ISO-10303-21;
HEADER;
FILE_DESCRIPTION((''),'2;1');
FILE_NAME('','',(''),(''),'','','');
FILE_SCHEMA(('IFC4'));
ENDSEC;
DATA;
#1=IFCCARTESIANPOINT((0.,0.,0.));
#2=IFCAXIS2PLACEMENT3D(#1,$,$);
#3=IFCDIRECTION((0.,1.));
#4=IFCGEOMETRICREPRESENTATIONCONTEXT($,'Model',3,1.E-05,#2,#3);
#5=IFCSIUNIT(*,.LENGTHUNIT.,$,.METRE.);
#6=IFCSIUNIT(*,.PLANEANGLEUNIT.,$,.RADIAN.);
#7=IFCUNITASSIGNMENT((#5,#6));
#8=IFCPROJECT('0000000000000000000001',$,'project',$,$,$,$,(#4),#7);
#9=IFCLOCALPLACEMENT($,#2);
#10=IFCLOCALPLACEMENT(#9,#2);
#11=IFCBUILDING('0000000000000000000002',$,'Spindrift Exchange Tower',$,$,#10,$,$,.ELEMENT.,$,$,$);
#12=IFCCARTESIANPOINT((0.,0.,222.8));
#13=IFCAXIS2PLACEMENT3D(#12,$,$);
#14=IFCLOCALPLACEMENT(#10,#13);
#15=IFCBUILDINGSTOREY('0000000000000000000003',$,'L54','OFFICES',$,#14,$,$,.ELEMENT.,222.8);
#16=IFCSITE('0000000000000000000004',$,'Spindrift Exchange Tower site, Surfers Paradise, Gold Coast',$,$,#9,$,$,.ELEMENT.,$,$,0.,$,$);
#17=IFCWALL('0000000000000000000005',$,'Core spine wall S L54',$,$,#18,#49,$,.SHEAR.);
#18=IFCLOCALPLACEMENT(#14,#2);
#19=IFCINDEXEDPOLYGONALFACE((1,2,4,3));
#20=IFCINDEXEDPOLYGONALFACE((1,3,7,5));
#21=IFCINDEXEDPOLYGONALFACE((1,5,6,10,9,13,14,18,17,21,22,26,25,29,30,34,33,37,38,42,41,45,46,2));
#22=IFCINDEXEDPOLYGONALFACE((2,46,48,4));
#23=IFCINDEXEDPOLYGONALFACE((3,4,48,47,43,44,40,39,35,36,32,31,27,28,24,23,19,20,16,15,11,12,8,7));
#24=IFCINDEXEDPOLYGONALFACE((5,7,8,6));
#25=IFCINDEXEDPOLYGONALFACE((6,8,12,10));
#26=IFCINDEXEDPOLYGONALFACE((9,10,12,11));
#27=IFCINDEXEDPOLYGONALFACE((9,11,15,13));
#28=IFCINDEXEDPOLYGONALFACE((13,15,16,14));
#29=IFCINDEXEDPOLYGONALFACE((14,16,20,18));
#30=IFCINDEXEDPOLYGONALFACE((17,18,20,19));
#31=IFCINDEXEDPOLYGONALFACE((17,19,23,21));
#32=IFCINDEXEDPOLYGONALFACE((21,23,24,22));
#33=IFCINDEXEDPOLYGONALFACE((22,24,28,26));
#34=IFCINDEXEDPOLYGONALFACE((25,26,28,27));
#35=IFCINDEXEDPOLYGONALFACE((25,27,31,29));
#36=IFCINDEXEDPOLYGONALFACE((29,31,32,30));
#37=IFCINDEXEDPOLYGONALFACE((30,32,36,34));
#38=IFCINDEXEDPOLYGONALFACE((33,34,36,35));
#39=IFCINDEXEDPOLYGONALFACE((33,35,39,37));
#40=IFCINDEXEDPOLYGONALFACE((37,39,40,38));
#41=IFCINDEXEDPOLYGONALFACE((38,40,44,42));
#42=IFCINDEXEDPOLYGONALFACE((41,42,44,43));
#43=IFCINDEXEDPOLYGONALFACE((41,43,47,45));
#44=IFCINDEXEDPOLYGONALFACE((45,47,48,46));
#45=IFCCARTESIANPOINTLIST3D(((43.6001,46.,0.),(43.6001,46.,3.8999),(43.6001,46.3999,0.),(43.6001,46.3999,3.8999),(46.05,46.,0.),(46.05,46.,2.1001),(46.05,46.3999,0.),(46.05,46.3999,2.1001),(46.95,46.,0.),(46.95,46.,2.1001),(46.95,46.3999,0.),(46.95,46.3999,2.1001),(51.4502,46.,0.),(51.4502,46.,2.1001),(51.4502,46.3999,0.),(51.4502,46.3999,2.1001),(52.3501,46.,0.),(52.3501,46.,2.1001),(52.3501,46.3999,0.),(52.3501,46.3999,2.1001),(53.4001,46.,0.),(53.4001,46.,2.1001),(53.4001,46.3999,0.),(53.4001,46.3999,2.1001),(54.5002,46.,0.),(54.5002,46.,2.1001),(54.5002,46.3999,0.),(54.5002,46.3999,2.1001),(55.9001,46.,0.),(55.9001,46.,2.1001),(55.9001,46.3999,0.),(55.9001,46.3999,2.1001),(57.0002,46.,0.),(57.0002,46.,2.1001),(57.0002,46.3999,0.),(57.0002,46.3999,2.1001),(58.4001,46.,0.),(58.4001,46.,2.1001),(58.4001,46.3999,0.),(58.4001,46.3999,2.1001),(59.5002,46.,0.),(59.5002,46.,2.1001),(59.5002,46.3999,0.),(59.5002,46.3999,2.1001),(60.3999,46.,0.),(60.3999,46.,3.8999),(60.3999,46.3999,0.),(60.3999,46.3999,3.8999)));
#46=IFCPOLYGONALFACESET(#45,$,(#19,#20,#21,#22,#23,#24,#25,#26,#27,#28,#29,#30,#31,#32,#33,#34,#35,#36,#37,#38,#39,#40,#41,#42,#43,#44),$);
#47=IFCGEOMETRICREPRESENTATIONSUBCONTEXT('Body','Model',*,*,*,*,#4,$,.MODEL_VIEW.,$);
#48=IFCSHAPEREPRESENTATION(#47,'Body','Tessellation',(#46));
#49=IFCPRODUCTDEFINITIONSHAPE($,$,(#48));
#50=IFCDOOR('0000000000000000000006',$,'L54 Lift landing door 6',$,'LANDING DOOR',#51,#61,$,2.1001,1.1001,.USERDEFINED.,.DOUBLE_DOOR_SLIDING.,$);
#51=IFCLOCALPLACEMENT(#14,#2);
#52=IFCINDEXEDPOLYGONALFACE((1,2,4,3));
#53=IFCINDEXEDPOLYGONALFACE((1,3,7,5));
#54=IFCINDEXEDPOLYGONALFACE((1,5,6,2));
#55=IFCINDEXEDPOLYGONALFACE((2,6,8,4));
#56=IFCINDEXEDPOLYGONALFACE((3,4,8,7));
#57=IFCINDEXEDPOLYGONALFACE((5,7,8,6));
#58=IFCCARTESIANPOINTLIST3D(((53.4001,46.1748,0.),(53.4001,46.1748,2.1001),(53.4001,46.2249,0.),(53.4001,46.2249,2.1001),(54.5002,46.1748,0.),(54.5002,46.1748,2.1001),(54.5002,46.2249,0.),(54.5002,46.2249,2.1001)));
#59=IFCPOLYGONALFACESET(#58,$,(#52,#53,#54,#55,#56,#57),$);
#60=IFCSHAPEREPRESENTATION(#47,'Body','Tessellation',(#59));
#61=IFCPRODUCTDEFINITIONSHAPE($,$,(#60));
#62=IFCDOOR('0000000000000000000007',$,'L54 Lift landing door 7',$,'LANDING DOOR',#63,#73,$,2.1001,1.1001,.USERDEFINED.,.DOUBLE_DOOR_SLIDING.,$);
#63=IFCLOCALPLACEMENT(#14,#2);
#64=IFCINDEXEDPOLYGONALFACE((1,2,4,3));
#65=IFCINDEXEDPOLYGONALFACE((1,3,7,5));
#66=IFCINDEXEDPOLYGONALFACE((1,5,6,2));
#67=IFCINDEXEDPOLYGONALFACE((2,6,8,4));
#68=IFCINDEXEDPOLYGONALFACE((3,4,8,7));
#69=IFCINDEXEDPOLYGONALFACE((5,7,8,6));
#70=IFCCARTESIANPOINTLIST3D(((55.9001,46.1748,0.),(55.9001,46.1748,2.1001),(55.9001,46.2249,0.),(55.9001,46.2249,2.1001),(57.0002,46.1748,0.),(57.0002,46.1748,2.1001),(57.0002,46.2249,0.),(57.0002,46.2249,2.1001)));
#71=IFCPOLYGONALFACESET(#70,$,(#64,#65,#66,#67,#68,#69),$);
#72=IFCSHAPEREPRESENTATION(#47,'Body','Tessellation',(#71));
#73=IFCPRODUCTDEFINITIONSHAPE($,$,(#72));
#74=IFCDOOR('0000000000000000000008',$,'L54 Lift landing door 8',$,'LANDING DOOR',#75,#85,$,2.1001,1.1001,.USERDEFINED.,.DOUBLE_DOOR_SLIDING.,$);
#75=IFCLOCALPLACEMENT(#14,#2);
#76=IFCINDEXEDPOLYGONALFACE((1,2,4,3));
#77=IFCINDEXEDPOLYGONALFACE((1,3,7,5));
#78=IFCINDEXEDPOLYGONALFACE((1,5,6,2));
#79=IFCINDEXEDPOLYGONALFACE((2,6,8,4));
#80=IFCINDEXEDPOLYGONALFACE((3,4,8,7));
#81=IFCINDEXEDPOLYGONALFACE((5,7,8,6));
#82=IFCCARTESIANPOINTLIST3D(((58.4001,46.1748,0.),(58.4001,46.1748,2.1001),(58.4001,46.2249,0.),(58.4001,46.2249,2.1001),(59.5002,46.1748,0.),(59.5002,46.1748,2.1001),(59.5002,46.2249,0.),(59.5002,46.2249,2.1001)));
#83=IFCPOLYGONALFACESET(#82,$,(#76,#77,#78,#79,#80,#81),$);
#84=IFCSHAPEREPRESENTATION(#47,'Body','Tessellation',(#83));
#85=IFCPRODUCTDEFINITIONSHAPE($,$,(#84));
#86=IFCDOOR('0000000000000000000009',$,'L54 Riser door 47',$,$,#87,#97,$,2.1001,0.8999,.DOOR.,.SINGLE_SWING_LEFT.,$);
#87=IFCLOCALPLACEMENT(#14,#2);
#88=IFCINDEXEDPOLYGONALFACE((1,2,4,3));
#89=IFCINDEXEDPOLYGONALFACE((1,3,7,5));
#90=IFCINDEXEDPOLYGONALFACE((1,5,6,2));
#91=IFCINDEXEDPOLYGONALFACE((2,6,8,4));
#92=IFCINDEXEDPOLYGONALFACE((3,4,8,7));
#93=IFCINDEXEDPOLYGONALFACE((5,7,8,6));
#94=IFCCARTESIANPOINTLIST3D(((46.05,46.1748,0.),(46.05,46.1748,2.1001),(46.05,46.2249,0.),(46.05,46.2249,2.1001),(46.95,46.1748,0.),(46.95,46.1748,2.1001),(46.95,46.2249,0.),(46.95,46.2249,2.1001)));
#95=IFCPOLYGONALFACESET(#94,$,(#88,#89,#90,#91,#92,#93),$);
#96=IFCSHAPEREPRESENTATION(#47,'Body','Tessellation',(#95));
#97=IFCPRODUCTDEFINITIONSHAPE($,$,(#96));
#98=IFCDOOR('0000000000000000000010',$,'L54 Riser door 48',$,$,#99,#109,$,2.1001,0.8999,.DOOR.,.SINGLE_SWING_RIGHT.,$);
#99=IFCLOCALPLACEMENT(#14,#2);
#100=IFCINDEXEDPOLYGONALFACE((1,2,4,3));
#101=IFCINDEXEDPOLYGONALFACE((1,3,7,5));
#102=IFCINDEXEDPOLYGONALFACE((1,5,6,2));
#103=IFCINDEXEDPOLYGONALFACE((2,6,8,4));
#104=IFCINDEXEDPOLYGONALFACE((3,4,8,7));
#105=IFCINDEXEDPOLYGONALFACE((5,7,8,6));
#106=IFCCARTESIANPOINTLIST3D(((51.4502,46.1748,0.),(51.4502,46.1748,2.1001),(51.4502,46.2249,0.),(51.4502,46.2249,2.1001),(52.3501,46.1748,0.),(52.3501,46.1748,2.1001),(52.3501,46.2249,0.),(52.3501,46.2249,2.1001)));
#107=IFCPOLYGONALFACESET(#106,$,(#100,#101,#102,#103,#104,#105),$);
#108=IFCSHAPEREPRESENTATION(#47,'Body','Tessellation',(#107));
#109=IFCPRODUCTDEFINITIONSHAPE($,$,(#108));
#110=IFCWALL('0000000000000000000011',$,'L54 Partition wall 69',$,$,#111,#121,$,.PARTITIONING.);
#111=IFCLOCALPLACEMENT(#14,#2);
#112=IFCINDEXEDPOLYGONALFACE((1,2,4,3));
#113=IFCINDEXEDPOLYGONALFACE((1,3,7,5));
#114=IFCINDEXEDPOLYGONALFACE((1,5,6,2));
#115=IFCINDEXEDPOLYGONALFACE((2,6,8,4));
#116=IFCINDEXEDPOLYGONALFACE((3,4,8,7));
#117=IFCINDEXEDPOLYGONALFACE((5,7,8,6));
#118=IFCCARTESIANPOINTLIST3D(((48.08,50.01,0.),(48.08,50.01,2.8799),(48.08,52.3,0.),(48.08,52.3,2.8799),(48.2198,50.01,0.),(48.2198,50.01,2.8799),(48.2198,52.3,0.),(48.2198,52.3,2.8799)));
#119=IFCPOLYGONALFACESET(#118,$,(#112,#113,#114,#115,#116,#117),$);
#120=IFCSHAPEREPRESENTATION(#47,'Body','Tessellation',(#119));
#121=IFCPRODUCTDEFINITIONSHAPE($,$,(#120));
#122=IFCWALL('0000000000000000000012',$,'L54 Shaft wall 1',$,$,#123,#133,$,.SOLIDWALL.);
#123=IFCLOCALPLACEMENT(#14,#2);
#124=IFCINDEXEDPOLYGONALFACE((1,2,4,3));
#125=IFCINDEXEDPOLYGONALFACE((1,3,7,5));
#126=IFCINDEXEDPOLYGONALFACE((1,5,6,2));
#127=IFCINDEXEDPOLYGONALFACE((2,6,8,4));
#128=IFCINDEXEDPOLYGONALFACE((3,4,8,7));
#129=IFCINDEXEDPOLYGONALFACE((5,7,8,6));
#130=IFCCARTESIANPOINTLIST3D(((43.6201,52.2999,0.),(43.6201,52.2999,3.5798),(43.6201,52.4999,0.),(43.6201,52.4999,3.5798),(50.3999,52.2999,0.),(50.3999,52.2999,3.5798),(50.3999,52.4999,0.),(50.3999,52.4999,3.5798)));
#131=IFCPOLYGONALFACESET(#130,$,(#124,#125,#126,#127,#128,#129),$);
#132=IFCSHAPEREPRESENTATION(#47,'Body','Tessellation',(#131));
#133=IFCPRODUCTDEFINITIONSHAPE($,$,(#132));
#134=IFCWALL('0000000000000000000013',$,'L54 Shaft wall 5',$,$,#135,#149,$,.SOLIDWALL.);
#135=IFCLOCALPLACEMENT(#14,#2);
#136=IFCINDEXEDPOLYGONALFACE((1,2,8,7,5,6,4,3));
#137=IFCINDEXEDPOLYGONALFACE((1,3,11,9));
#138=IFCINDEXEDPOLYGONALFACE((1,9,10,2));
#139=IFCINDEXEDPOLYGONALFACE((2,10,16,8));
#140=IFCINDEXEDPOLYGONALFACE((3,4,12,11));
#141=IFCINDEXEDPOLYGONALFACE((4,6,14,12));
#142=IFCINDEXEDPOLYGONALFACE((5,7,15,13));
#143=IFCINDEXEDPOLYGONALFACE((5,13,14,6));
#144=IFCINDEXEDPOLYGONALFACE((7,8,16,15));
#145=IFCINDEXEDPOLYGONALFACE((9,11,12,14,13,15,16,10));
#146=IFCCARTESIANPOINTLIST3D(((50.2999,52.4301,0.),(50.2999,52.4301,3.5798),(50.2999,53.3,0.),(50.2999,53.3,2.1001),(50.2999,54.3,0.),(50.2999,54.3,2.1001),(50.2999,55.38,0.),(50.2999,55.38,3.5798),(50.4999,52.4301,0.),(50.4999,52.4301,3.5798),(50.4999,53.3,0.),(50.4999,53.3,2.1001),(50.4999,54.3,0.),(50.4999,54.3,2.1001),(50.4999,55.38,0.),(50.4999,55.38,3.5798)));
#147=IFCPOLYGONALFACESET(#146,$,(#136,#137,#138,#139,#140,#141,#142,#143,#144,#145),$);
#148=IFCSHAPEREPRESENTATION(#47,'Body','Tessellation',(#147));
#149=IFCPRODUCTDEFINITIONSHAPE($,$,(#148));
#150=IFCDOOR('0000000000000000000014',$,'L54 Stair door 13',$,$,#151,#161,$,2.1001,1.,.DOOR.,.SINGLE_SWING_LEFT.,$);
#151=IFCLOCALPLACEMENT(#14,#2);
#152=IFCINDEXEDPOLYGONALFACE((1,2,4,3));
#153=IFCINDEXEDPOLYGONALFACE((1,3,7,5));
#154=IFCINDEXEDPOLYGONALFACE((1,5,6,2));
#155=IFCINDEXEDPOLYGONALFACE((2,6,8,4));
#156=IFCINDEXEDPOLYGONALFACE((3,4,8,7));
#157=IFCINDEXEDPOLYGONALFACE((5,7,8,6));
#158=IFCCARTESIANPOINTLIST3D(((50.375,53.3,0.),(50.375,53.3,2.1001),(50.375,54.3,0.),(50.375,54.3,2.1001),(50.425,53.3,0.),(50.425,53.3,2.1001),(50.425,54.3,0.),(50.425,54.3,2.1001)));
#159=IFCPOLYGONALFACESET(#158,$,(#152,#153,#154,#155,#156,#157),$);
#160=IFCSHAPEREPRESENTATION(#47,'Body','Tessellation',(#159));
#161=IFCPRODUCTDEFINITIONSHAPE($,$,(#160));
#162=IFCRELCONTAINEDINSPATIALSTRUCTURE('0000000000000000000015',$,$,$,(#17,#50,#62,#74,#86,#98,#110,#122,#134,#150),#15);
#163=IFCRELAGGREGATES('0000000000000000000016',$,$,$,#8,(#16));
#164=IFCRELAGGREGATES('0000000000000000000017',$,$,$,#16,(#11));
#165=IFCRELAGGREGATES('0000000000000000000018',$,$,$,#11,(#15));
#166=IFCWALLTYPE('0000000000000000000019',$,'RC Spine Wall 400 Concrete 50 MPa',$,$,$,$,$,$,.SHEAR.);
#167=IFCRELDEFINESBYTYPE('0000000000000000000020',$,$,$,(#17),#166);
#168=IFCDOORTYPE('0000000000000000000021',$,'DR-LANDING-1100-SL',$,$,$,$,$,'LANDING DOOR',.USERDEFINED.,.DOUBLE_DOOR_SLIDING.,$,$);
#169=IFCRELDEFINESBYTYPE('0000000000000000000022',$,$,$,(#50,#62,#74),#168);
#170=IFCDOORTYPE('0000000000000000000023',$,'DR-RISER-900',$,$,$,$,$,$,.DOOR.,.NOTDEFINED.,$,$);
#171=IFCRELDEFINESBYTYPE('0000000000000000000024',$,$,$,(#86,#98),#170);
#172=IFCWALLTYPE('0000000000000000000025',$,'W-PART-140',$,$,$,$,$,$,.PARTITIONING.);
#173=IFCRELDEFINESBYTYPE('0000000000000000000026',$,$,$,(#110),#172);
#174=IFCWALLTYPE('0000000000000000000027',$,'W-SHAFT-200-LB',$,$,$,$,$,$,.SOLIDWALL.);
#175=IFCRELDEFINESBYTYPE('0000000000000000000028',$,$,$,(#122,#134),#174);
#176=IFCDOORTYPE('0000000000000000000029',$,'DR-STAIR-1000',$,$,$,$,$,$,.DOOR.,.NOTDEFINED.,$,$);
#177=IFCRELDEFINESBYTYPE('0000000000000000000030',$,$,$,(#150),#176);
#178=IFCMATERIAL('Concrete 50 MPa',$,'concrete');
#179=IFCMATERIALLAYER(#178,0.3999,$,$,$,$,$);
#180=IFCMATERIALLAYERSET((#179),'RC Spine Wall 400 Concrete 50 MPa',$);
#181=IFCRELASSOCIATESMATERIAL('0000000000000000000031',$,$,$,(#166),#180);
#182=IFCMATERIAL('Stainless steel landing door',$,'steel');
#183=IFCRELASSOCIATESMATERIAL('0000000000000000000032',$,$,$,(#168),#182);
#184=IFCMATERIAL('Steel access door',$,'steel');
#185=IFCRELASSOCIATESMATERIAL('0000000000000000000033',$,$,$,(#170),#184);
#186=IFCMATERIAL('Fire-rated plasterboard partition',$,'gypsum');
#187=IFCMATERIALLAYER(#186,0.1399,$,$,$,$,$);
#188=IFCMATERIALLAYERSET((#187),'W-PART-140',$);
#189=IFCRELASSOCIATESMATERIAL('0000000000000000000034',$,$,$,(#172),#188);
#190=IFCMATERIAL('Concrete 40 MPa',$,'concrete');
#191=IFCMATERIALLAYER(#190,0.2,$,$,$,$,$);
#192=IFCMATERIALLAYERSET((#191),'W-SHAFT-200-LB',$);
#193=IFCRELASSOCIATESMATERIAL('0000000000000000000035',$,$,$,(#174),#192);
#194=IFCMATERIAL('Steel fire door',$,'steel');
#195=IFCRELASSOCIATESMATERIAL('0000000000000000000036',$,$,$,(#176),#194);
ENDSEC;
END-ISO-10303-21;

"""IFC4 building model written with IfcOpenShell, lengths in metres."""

from ifc_helpers import new_model, si_unit, direction, frame, frame_2d, origin, place, context, subcontext, project, spatial, rectangle, extrude, source, transform, mapped, material, layer, layer_set, type_object, element, fill, save


model = new_model("IFC4")

# Units and contexts
model_context = context("Model", 3, precision=1e-05, world=origin(), true_north=direction((0.0, 1.0)))
body_context = subcontext(model_context, "Body", "Model", "MODEL_VIEW")
ifc_project = project(units=[si_unit("LENGTHUNIT", "METRE"), si_unit("PLANEANGLEUNIT", "RADIAN")], contexts=[model_context])

# Site, building, storey
site_placement = place(None, origin())
site = spatial("IfcSite", under=ifc_project, at=site_placement, Name="Spindrift Exchange Tower site, Surfers Paradise, Gold Coast", CompositionType="ELEMENT", RefElevation=0.0)
building_placement = place(site_placement, origin())
building = spatial("IfcBuilding", under=site, at=building_placement, Name="Spindrift Exchange Tower", CompositionType="ELEMENT")
storey_placement = place(building_placement, frame((0.0, 0.0, 222.8)))
storey = spatial("IfcBuildingStorey", under=building, at=storey_placement, Name="L54", Description="OFFICES", CompositionType="ELEMENT", Elevation=222.8)

# Wall, openings, doors
ifc_material_1 = material(Name="Concrete 50 MPa", Category="concrete")
ifc_layer_1 = layer(ifc_material_1, 0.3999)
ifc_layer_set_1 = layer_set([ifc_layer_1], Name="RC Spine Wall 400 Concrete 50 MPa")
wall_type_1 = type_object("IfcWallType", Name="RC Spine Wall 400 Concrete 50 MPa", PredefinedType="SHEAR", material=ifc_layer_set_1)
ifc_material_2 = material(Name="Stainless steel landing door", Category="steel")
door_type_1 = type_object("IfcDoorType", Name="DR-LANDING-1100-SL", ElementType="LANDING DOOR", OperationType="DOUBLE_DOOR_SLIDING", PredefinedType="USERDEFINED", material=ifc_material_2)
shared_shape_1 = source(origin(), body_context, "Body", "SweptSolid", [
    extrude(rectangle(XDim=1.1001, YDim=2.1001, at=frame_2d((0.55, 1.05))), frame((0.0, 0.0249, 0.0), z_axis=(0.0, -1.0, 0.0), x_axis=(1.0, 0.0, 0.0)), (0.0, 0.0, 1.0), 0.05),
])
ifc_material_3 = material(Name="Steel access door", Category="steel")
door_type_2 = type_object("IfcDoorType", Name="DR-RISER-900", OperationType="NOTDEFINED", PredefinedType="DOOR", material=ifc_material_3)
shared_shape_2 = source(origin(), body_context, "Body", "SweptSolid", [
    extrude(rectangle(XDim=0.8999, YDim=2.1001, at=frame_2d((0.45, 1.05))), frame((0.0, 0.0249, 0.0), z_axis=(0.0, -1.0, 0.0), x_axis=(1.0, 0.0, 0.0)), (0.0, 0.0, 1.0), 0.05),
])
wall_1_placement = place(storey_placement, frame((43.6001, 46.2, 0.0), z_axis=(0.0, 0.0, 1.0), x_axis=(1.0, 0.0, 0.0)))
wall_1 = element("IfcWall", 1, at=wall_1_placement, inside=storey, type_object=wall_type_1, Name="Core spine wall S L54", PredefinedType="SHEAR", context=body_context, shape_type="SweptSolid", body=[
    extrude(rectangle(XDim=16.7998, YDim=0.3999, at=frame_2d((8.3999, 0.0))), origin(), (0.0, 0.0, 1.0), 3.8999),
])
opening_1_placement = place(wall_1_placement, frame((9.8, 0.0, 0.0)))
opening_1 = element("IfcOpeningElement", 2, at=opening_1_placement, cuts=wall_1, PredefinedType="OPENING", context=body_context, shape_type="SweptSolid", body=[
    extrude(rectangle(XDim=1.1001, YDim=2.1001, at=frame_2d((0.55, 1.05))), frame((0.0, 0.21, 0.0), z_axis=(0.0, -1.0, 0.0), x_axis=(1.0, 0.0, 0.0)), (0.0, 0.0, 1.0), 0.4199),
])
opening_2_placement = place(wall_1_placement, frame((12.3, 0.0, 0.0)))
opening_2 = element("IfcOpeningElement", 3, at=opening_2_placement, cuts=wall_1, PredefinedType="OPENING", context=body_context, shape_type="SweptSolid", body=[
    extrude(rectangle(XDim=1.1001, YDim=2.1001, at=frame_2d((0.55, 1.05))), frame((0.0, 0.21, 0.0), z_axis=(0.0, -1.0, 0.0), x_axis=(1.0, 0.0, 0.0)), (0.0, 0.0, 1.0), 0.4199),
])
opening_3_placement = place(wall_1_placement, frame((14.8, 0.0, 0.0)))
opening_3 = element("IfcOpeningElement", 4, at=opening_3_placement, cuts=wall_1, PredefinedType="OPENING", context=body_context, shape_type="SweptSolid", body=[
    extrude(rectangle(XDim=1.1001, YDim=2.1001, at=frame_2d((0.55, 1.05))), frame((0.0, 0.21, 0.0), z_axis=(0.0, -1.0, 0.0), x_axis=(1.0, 0.0, 0.0)), (0.0, 0.0, 1.0), 0.4199),
])
opening_4_placement = place(wall_1_placement, frame((2.45, 0.0, 0.0)))
opening_4 = element("IfcOpeningElement", 5, at=opening_4_placement, cuts=wall_1, PredefinedType="OPENING", context=body_context, shape_type="SweptSolid", body=[
    extrude(rectangle(XDim=0.8999, YDim=2.1001, at=frame_2d((0.45, 1.05))), frame((0.0, 0.21, 0.0), z_axis=(0.0, -1.0, 0.0), x_axis=(1.0, 0.0, 0.0)), (0.0, 0.0, 1.0), 0.4199),
])
opening_5_placement = place(wall_1_placement, frame((7.8501, 0.0, 0.0)))
opening_5 = element("IfcOpeningElement", 6, at=opening_5_placement, cuts=wall_1, PredefinedType="OPENING", context=body_context, shape_type="SweptSolid", body=[
    extrude(rectangle(XDim=0.8999, YDim=2.1001, at=frame_2d((0.45, 1.05))), frame((0.0, 0.21, 0.0), z_axis=(0.0, -1.0, 0.0), x_axis=(1.0, 0.0, 0.0)), (0.0, 0.0, 1.0), 0.4199),
])
door_1_placement = place(opening_1_placement, origin())
door_1 = element("IfcDoor", 7, at=door_1_placement, inside=storey, type_object=door_type_1, Name="L54 Lift landing door 6", ObjectType="LANDING DOOR", OperationType="DOUBLE_DOOR_SLIDING", OverallHeight=2.1001, OverallWidth=1.1001, PredefinedType="USERDEFINED", context=body_context, shape_type="MappedRepresentation", body=[
    mapped(shared_shape_1, transform((0.0, 0.0, 0.0), scale=1.0)),
])
fill(opening_1, door_1)
door_2_placement = place(opening_2_placement, origin())
door_2 = element("IfcDoor", 8, at=door_2_placement, inside=storey, type_object=door_type_1, Name="L54 Lift landing door 7", ObjectType="LANDING DOOR", OperationType="DOUBLE_DOOR_SLIDING", OverallHeight=2.1001, OverallWidth=1.1001, PredefinedType="USERDEFINED", context=body_context, shape_type="MappedRepresentation", body=[
    mapped(shared_shape_1, transform((0.0, 0.0, 0.0), scale=1.0)),
])
fill(opening_2, door_2)
door_3_placement = place(opening_3_placement, origin())
door_3 = element("IfcDoor", 9, at=door_3_placement, inside=storey, type_object=door_type_1, Name="L54 Lift landing door 8", ObjectType="LANDING DOOR", OperationType="DOUBLE_DOOR_SLIDING", OverallHeight=2.1001, OverallWidth=1.1001, PredefinedType="USERDEFINED", context=body_context, shape_type="MappedRepresentation", body=[
    mapped(shared_shape_1, transform((0.0, 0.0, 0.0), scale=1.0)),
])
fill(opening_3, door_3)
door_4_placement = place(opening_4_placement, origin())
door_4 = element("IfcDoor", 10, at=door_4_placement, inside=storey, type_object=door_type_2, Name="L54 Riser door 47", OperationType="SINGLE_SWING_LEFT", OverallHeight=2.1001, OverallWidth=0.8999, PredefinedType="DOOR", context=body_context, shape_type="MappedRepresentation", body=[
    mapped(shared_shape_2, transform((0.0, 0.0, 0.0), scale=1.0)),
])
fill(opening_4, door_4)
door_5_placement = place(opening_5_placement, origin())
door_5 = element("IfcDoor", 11, at=door_5_placement, inside=storey, type_object=door_type_2, Name="L54 Riser door 48", OperationType="SINGLE_SWING_RIGHT", OverallHeight=2.1001, OverallWidth=0.8999, PredefinedType="DOOR", context=body_context, shape_type="MappedRepresentation", body=[
    mapped(shared_shape_2, transform((0.0, 0.0, 0.0), scale=1.0)),
])
fill(opening_5, door_5)

# Walls
ifc_material_4 = material(Name="Fire-rated plasterboard partition", Category="gypsum")
ifc_layer_2 = layer(ifc_material_4, 0.1399)
ifc_layer_set_2 = layer_set([ifc_layer_2], Name="W-PART-140")
wall_type_2 = type_object("IfcWallType", Name="W-PART-140", PredefinedType="PARTITIONING", material=ifc_layer_set_2)
wall_2_placement = place(storey_placement, frame((48.1499, 50.01, 0.0), z_axis=(0.0, 0.0, 1.0), x_axis=(0.0, 1.0, 0.0)))
element("IfcWall", 12, at=wall_2_placement, inside=storey, type_object=wall_type_2, Name="L54 Partition wall 69", PredefinedType="PARTITIONING", context=body_context, shape_type="SweptSolid", body=[
    extrude(rectangle(XDim=2.29, YDim=0.1399, at=frame_2d((1.145, 0.0))), origin(), (0.0, 0.0, 1.0), 2.8799),
])
ifc_material_5 = material(Name="Concrete 40 MPa", Category="concrete")
ifc_layer_3 = layer(ifc_material_5, 0.2)
ifc_layer_set_3 = layer_set([ifc_layer_3], Name="W-SHAFT-200-LB")
wall_type_3 = type_object("IfcWallType", Name="W-SHAFT-200-LB", PredefinedType="SOLIDWALL", material=ifc_layer_set_3)
wall_3_placement = place(storey_placement, frame((43.6201, 52.3999, 0.0), z_axis=(0.0, 0.0, 1.0), x_axis=(1.0, 0.0, 0.0)))
element("IfcWall", 13, at=wall_3_placement, inside=storey, type_object=wall_type_3, Name="L54 Shaft wall 1", PredefinedType="SOLIDWALL", context=body_context, shape_type="SweptSolid", body=[
    extrude(rectangle(XDim=6.7798, YDim=0.2, at=frame_2d((3.3899, 0.0))), origin(), (0.0, 0.0, 1.0), 3.5798),
])

# Wall, opening, door
wall_4_placement = place(storey_placement, frame((50.3999, 52.4299, 0.0), z_axis=(0.0, 0.0, 1.0), x_axis=(0.0, 1.0, 0.0)))
wall_4 = element("IfcWall", 14, at=wall_4_placement, inside=storey, type_object=wall_type_3, Name="L54 Shaft wall 5", PredefinedType="SOLIDWALL", context=body_context, shape_type="SweptSolid", body=[
    extrude(rectangle(XDim=2.95, YDim=0.2, at=frame_2d((1.4751, 0.0))), origin(), (0.0, 0.0, 1.0), 3.5798),
])
opening_6_placement = place(wall_4_placement, frame((0.8701, 0.0, 0.0)))
opening_6 = element("IfcOpeningElement", 15, at=opening_6_placement, cuts=wall_4, PredefinedType="OPENING", context=body_context, shape_type="SweptSolid", body=[
    extrude(rectangle(XDim=1.0, YDim=2.1001, at=frame_2d((0.5, 1.05))), frame((0.0, 0.1099, 0.0), z_axis=(0.0, -1.0, 0.0), x_axis=(1.0, 0.0, 0.0)), (0.0, 0.0, 1.0), 0.22),
])
ifc_material_6 = material(Name="Steel fire door", Category="steel")
door_type_3 = type_object("IfcDoorType", Name="DR-STAIR-1000", OperationType="NOTDEFINED", PredefinedType="DOOR", material=ifc_material_6)
shared_shape_3 = source(origin(), body_context, "Body", "SweptSolid", [
    extrude(rectangle(XDim=1.0, YDim=2.1001, at=frame_2d((0.5, 1.05))), frame((0.0, 0.0249, 0.0), z_axis=(0.0, -1.0, 0.0), x_axis=(1.0, 0.0, 0.0)), (0.0, 0.0, 1.0), 0.05),
])
door_6_placement = place(opening_6_placement, origin())
door_6 = element("IfcDoor", 16, at=door_6_placement, inside=storey, type_object=door_type_3, Name="L54 Stair door 13", OperationType="SINGLE_SWING_LEFT", OverallHeight=2.1001, OverallWidth=1.0, PredefinedType="DOOR", context=body_context, shape_type="MappedRepresentation", body=[
    mapped(shared_shape_3, transform((0.0, 0.0, 0.0), scale=1.0)),
])
fill(opening_6, door_6)

save(model, "model.ifc")
